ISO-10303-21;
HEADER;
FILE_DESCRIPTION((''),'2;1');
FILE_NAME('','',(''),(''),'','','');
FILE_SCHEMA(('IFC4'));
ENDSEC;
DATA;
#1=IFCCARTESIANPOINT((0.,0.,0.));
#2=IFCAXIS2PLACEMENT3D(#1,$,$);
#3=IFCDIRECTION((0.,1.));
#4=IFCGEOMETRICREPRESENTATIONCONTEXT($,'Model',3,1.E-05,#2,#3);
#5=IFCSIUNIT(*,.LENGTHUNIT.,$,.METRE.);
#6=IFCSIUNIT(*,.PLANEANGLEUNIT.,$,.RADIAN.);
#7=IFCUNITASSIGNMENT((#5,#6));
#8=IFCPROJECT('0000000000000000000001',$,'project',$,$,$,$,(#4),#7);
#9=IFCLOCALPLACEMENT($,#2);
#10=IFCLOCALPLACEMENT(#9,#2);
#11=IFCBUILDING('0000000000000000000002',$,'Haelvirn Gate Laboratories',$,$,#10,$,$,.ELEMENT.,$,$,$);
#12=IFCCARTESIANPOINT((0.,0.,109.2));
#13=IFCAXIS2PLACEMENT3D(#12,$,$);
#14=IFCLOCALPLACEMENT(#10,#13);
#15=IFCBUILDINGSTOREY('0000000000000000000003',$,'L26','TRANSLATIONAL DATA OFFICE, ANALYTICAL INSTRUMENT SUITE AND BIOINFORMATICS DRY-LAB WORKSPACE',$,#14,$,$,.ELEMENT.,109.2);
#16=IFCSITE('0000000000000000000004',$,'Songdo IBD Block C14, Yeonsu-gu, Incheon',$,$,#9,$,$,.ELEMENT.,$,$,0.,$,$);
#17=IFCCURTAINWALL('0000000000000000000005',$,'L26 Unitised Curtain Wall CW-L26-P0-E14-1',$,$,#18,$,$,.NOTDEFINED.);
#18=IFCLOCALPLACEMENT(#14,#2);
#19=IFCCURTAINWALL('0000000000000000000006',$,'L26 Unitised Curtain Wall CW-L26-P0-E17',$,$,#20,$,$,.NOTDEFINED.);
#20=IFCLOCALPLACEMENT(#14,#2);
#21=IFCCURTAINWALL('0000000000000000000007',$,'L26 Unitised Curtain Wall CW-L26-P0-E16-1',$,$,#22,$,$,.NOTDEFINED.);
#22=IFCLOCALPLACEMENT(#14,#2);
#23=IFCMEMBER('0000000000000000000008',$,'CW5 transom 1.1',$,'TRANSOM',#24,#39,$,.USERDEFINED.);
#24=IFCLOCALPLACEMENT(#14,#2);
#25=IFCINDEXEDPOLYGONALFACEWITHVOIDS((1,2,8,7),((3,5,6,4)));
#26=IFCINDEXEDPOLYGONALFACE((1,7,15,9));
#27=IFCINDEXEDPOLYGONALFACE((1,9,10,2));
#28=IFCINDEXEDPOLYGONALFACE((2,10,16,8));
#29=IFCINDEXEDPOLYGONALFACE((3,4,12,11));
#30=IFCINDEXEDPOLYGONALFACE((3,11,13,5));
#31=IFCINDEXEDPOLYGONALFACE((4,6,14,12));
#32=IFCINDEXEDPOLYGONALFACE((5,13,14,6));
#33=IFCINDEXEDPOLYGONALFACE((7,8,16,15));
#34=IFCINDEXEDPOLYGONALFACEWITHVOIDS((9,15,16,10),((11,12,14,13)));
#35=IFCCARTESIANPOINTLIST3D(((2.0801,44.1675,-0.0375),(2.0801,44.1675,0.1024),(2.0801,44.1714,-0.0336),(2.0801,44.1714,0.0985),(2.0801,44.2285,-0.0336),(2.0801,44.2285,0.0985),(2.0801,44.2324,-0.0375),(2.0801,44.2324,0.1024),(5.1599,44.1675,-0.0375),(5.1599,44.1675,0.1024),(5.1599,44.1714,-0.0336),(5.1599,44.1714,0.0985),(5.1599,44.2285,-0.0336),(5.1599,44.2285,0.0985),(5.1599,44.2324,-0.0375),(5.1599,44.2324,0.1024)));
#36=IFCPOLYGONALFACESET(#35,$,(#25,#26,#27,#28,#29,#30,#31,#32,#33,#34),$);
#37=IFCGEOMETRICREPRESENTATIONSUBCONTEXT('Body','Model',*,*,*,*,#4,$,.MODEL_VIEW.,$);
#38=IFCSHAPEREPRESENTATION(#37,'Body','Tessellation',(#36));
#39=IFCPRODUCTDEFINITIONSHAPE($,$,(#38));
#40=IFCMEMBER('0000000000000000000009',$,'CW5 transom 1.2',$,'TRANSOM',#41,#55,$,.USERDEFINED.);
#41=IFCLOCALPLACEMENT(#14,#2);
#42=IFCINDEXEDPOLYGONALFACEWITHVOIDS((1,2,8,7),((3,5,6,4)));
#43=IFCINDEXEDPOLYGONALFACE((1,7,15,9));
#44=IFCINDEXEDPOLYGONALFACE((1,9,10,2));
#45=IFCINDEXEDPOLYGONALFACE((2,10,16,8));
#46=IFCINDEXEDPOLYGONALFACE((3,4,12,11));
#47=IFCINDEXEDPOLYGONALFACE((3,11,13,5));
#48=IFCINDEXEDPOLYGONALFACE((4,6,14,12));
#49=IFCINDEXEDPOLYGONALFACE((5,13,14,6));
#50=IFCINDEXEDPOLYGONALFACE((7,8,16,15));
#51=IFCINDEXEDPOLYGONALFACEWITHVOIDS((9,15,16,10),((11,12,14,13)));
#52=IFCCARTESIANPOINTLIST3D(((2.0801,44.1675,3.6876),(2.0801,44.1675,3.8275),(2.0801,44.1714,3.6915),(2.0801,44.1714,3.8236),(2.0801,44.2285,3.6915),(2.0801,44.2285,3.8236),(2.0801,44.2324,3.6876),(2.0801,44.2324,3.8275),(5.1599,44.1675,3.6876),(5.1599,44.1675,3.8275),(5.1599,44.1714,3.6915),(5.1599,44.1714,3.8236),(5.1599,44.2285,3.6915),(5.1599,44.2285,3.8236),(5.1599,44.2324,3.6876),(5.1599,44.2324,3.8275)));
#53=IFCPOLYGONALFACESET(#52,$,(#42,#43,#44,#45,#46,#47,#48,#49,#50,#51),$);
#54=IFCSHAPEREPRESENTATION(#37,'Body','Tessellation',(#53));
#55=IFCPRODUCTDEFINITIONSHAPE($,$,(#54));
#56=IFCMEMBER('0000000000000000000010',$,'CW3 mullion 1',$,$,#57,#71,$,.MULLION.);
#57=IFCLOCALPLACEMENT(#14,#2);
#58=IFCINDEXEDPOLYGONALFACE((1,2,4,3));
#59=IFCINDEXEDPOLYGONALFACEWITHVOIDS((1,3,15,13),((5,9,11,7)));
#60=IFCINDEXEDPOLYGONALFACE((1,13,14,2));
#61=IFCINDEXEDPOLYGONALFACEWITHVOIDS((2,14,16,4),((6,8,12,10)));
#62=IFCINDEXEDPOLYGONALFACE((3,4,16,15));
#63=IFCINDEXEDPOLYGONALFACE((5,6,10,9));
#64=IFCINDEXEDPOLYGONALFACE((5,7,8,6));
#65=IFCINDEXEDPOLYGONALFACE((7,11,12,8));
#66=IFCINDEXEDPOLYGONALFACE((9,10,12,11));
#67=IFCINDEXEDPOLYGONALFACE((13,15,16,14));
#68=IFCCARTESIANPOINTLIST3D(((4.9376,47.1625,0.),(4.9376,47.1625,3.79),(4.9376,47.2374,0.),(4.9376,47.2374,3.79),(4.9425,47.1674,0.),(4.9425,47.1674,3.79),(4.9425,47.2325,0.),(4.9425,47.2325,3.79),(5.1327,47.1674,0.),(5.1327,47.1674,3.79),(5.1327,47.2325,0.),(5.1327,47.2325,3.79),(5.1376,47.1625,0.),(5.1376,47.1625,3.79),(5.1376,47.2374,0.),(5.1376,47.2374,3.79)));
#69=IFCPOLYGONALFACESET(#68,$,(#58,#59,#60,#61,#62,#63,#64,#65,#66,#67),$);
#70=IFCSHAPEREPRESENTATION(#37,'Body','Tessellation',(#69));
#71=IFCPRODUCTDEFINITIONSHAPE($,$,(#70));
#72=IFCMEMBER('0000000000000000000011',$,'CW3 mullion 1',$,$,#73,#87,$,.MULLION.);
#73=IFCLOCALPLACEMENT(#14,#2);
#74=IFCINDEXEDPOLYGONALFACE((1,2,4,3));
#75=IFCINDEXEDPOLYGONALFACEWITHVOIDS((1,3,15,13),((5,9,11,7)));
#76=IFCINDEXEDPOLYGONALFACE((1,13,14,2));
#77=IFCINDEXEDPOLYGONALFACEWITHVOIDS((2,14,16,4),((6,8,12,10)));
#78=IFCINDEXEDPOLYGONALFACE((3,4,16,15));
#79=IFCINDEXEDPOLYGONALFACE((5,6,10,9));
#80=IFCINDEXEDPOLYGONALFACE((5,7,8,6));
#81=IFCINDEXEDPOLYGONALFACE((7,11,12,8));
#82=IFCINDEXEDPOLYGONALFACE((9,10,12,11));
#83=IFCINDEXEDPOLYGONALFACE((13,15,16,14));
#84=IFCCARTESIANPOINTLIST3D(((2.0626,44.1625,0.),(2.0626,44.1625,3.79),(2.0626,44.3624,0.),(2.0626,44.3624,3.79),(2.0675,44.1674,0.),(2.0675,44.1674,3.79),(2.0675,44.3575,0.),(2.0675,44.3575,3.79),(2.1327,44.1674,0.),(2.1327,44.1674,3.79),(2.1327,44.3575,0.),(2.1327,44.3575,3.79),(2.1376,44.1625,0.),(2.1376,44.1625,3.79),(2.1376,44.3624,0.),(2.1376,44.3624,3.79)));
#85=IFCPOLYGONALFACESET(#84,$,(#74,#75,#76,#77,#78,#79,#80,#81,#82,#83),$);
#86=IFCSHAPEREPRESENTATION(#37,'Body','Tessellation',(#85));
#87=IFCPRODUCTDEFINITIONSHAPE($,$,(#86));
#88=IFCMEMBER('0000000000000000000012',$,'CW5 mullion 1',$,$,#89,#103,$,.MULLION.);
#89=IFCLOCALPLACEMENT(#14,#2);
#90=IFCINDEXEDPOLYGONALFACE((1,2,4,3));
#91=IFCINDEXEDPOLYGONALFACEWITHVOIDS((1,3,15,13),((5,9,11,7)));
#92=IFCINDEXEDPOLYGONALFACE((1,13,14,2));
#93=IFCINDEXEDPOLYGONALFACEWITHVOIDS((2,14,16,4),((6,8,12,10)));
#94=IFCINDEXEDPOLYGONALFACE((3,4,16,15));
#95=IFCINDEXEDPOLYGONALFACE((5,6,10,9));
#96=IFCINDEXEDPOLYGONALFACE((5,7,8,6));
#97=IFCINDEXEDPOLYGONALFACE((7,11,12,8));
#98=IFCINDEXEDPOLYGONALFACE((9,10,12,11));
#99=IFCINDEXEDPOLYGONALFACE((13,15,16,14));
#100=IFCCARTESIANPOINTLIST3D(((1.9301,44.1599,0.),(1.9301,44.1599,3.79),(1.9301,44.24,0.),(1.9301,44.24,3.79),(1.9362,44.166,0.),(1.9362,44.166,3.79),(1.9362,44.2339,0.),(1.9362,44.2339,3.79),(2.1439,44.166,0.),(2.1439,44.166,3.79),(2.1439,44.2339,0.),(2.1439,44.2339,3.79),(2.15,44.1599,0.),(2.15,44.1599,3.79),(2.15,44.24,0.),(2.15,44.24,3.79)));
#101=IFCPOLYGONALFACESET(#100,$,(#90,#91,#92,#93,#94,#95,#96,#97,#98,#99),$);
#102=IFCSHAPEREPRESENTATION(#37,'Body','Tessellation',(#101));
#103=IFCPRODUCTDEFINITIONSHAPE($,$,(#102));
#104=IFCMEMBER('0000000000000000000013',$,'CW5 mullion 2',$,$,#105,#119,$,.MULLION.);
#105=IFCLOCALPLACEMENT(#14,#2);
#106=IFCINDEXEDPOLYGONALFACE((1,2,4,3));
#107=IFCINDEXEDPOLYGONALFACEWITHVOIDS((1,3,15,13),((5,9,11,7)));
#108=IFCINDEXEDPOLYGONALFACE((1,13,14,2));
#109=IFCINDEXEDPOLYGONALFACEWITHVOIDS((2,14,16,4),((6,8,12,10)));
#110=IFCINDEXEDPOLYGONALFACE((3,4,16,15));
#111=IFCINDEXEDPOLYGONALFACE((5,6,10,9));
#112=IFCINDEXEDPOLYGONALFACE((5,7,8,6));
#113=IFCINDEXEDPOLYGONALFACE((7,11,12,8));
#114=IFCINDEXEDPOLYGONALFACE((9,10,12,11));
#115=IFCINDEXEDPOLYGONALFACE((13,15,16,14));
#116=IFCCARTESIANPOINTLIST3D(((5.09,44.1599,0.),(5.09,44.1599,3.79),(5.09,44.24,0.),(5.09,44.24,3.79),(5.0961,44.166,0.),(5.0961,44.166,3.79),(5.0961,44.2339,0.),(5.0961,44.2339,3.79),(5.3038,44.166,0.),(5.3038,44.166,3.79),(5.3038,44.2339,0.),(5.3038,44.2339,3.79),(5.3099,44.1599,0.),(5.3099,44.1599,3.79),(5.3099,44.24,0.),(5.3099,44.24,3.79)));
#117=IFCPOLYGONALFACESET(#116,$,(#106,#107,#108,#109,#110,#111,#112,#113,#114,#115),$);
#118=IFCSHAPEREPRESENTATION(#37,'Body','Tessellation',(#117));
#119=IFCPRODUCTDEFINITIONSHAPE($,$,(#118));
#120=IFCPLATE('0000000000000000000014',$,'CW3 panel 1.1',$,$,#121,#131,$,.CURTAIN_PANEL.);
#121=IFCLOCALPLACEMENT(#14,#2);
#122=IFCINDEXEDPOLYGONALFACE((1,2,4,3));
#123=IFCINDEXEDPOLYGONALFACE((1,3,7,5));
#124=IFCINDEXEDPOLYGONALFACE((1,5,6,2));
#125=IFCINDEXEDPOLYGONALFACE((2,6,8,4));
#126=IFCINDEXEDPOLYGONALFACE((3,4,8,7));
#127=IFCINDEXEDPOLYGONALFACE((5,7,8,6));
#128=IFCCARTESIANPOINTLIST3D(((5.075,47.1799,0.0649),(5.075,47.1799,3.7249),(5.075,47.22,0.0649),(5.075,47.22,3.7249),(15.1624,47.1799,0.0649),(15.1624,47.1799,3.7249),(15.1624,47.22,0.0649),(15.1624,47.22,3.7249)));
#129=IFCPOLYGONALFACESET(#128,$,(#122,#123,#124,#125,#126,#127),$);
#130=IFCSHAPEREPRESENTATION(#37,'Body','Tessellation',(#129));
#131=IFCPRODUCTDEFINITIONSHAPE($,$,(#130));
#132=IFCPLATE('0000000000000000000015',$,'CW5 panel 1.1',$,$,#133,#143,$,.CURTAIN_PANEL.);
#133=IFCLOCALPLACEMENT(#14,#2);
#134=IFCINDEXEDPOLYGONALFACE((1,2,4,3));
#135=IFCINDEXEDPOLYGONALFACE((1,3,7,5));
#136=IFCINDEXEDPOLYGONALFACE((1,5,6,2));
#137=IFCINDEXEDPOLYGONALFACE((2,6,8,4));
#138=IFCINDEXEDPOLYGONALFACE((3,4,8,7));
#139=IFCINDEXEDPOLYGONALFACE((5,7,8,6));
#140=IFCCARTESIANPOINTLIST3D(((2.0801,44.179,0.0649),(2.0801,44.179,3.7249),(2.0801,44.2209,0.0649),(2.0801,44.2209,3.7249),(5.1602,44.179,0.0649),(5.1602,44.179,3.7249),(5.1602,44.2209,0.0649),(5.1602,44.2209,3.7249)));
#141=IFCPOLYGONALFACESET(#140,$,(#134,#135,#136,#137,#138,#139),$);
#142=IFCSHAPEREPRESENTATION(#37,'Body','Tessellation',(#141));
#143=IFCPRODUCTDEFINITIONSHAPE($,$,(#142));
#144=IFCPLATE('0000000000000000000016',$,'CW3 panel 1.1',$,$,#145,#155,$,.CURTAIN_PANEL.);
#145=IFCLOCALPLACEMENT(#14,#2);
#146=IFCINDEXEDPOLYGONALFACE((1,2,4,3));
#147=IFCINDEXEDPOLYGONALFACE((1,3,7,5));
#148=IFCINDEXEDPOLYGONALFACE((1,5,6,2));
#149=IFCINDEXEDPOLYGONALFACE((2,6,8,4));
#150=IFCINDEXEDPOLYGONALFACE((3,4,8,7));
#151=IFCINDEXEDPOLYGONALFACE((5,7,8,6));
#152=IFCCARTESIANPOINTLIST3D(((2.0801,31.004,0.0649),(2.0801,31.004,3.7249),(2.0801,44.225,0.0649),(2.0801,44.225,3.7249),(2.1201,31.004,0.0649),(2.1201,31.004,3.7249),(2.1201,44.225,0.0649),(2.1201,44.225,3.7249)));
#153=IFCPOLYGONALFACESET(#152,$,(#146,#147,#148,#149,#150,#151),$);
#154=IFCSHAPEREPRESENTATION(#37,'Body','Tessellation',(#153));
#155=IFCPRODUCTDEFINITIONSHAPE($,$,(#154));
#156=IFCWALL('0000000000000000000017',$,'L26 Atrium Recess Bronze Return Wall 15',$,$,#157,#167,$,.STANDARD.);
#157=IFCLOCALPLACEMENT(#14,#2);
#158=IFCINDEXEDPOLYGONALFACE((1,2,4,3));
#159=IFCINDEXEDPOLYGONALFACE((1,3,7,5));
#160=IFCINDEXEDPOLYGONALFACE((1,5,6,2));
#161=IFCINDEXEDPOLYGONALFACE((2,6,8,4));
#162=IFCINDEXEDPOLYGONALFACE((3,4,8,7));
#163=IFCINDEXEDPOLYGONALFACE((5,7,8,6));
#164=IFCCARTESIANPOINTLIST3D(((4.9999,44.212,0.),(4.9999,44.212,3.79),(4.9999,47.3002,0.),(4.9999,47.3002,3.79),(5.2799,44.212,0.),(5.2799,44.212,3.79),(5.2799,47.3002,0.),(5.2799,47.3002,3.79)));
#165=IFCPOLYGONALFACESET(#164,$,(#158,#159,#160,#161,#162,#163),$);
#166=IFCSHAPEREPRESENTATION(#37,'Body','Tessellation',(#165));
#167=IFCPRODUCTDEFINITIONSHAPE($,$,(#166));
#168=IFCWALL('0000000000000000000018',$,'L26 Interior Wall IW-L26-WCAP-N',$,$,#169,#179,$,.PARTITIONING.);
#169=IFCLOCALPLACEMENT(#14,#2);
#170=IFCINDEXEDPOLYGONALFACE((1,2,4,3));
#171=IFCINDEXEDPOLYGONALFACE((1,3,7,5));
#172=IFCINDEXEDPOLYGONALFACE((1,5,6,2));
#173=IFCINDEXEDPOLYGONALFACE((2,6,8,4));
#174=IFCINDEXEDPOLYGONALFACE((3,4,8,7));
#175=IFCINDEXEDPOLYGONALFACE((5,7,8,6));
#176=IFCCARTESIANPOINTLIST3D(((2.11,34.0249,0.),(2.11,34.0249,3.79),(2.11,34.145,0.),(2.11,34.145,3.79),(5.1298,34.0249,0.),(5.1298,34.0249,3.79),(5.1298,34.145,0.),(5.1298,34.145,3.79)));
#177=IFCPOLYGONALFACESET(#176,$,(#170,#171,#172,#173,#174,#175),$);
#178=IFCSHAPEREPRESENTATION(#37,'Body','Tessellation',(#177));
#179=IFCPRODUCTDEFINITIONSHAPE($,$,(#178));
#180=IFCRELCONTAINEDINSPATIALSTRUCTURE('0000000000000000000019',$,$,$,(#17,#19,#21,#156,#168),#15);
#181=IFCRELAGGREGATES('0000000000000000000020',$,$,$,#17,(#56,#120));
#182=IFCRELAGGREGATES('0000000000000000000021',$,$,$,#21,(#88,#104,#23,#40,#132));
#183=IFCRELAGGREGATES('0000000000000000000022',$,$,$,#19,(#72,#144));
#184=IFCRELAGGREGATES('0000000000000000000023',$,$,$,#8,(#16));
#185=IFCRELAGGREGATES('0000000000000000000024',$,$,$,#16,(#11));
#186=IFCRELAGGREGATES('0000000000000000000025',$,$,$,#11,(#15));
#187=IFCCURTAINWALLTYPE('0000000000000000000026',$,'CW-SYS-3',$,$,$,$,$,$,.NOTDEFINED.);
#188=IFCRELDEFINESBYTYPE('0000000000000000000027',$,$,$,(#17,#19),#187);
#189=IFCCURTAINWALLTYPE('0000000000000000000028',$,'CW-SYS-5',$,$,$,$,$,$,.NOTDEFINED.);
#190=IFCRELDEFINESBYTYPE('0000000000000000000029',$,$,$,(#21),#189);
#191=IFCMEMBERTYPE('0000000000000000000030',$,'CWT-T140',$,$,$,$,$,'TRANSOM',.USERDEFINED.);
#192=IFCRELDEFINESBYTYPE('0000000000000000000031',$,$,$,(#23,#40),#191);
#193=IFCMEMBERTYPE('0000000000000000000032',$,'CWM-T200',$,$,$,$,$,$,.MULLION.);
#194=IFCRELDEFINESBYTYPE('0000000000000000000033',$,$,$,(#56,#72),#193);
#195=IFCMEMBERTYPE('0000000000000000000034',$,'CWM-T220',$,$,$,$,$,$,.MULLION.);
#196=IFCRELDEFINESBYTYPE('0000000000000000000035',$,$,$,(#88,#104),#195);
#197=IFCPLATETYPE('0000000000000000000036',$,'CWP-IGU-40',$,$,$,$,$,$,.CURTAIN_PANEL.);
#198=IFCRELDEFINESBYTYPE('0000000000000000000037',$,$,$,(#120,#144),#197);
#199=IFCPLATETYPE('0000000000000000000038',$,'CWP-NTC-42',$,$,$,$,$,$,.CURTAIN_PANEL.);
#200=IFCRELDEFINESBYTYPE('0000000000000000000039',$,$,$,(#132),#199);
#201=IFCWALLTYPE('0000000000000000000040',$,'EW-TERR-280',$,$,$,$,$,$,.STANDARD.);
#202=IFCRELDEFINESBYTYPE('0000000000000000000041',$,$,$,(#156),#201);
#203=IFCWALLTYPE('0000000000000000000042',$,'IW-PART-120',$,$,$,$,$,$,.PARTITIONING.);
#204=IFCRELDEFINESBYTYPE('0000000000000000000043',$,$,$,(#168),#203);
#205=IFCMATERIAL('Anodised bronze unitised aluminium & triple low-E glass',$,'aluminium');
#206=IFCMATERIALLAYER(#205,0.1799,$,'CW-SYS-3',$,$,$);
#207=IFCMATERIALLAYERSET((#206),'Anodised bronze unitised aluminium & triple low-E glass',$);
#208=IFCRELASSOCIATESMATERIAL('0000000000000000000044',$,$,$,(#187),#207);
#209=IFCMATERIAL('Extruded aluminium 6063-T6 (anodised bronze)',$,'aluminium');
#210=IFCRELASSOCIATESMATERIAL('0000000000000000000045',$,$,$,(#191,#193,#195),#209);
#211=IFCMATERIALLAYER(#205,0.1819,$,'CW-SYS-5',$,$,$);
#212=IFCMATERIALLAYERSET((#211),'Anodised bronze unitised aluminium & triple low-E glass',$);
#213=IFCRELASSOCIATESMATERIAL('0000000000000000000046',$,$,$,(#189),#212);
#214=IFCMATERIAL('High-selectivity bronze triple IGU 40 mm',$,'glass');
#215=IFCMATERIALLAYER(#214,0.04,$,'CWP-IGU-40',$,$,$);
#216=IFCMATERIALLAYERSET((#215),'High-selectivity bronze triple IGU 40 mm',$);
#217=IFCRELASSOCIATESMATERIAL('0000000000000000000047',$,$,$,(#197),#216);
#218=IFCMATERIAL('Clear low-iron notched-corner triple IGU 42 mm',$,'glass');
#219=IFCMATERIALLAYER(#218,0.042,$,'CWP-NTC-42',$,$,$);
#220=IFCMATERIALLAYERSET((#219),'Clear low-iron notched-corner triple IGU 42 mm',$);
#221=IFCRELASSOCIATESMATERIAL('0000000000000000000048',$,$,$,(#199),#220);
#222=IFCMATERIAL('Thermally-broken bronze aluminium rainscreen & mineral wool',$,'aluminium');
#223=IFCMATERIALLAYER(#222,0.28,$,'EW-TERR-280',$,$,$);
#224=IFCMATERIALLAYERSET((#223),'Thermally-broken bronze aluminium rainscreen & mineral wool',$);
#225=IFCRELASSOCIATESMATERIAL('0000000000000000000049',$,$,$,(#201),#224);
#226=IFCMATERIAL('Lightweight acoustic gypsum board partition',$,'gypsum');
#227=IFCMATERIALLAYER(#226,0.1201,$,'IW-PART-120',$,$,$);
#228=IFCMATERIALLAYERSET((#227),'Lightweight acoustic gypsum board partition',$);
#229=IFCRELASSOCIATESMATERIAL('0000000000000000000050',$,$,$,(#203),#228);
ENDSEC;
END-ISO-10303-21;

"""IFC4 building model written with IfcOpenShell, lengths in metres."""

from ifc_helpers import new_model, si_unit, direction, frame, frame_2d, origin, origin_2d, place, context, subcontext, project, spatial, rectangle, hollow_rectangle, extrude, source, transform, mapped, material, layer, layer_set, material_profile, profile_set, type_object, type_shapes, element, aggregate, save


model = new_model("IFC4")

# Units and contexts
model_context = context("Model", 3, precision=1e-05, world=origin(), true_north=direction((0.0, 1.0)))
body_context = subcontext(model_context, "Body", "Model", "MODEL_VIEW")
ifc_project = project(units=[si_unit("LENGTHUNIT", "METRE"), si_unit("PLANEANGLEUNIT", "RADIAN")], contexts=[model_context])

# Site, building, storey
site_placement = place(None, origin())
site = spatial("IfcSite", under=ifc_project, at=site_placement, Name="Songdo IBD Block C14, Yeonsu-gu, Incheon", CompositionType="ELEMENT", RefElevation=0.0)
building_placement = place(site_placement, origin())
building = spatial("IfcBuilding", under=site, at=building_placement, Name="Haelvirn Gate Laboratories", CompositionType="ELEMENT")
storey_placement = place(building_placement, frame((0.0, 0.0, 109.2)))
storey = spatial("IfcBuildingStorey", under=building, at=storey_placement, Name="L26", Description="TRANSLATIONAL DATA OFFICE, ANALYTICAL INSTRUMENT SUITE AND BIOINFORMATICS DRY-LAB WORKSPACE", CompositionType="ELEMENT", Elevation=109.2)

# Curtain walls, members
ifc_material_1 = material(Name="Anodised bronze unitised aluminium & triple low-E glass", Category="aluminium")
ifc_layer_1 = layer(ifc_material_1, 0.1799, Name="CW-SYS-3")
ifc_layer_set_1 = layer_set([ifc_layer_1], Name="Anodised bronze unitised aluminium & triple low-E glass")
curtain_wall_type_1 = type_object("IfcCurtainWallType", Name="CW-SYS-3", PredefinedType="NOTDEFINED", material=ifc_layer_set_1)
curtain_wall_1_placement = place(storey_placement, origin())
curtain_wall_1 = element("IfcCurtainWall", 1, at=curtain_wall_1_placement, inside=storey, type_object=curtain_wall_type_1, Name="L26 Unitised Curtain Wall CW-L26-P0-E14-1", PredefinedType="NOTDEFINED")
ifc_material_2 = material(Name="Extruded aluminium 6063-T6 (anodised bronze)", Category="aluminium")
ifc_material_profile_1 = material_profile(ifc_material_2, hollow_rectangle(XDim=0.0649, YDim=0.1399, WallThickness=0.0039, at=origin_2d()), Name="CWT-140x65x4")
ifc_profile_set_1 = profile_set([ifc_material_profile_1], Name="Extruded aluminium 6063-T6 (anodised bronze)")
member_type_1 = type_object("IfcMemberType", Name="CWT-T140", ElementType="TRANSOM", PredefinedType="USERDEFINED", material=ifc_profile_set_1)
curtain_wall_2_placement = place(storey_placement, origin())
curtain_wall_2 = element("IfcCurtainWall", 2, at=curtain_wall_2_placement, inside=storey, type_object=curtain_wall_type_1, Name="L26 Unitised Curtain Wall CW-L26-P0-E17", PredefinedType="NOTDEFINED")
ifc_layer_2 = layer(ifc_material_1, 0.1819, Name="CW-SYS-5")
ifc_layer_set_2 = layer_set([ifc_layer_2], Name="Anodised bronze unitised aluminium & triple low-E glass")
curtain_wall_type_2 = type_object("IfcCurtainWallType", Name="CW-SYS-5", PredefinedType="NOTDEFINED", material=ifc_layer_set_2)
curtain_wall_3_placement = place(storey_placement, origin())
curtain_wall_3 = element("IfcCurtainWall", 3, at=curtain_wall_3_placement, inside=storey, type_object=curtain_wall_type_2, Name="L26 Unitised Curtain Wall CW-L26-P0-E16-1", PredefinedType="NOTDEFINED")
shared_shape_1 = source(origin(), body_context, "Body", "SweptSolid", [
    extrude(hollow_rectangle(XDim=0.0649, YDim=0.1399, WallThickness=0.0039, at=origin_2d()), origin(), (0.0, 0.0, 1.0), 3.0798),
])
member_1_placement = place(storey_placement, frame((2.0801, 44.2, 0.0325), z_axis=(1.0, 0.0, 0.0), x_axis=(0.0, 1.0, 0.0)))
member_1 = element("IfcMember", 4, at=member_1_placement, type_object=member_type_1, Name="CW5 transom 1.1", ObjectType="TRANSOM", PredefinedType="USERDEFINED", context=body_context, shape_type="MappedRepresentation", body=[
    mapped(shared_shape_1, transform((0.0, 0.0, 0.0), scale=1.0)),
])
member_2_placement = place(storey_placement, frame((2.0801, 44.2, 3.7576), z_axis=(1.0, 0.0, 0.0), x_axis=(0.0, 1.0, 0.0)))
member_2 = element("IfcMember", 5, at=member_2_placement, type_object=member_type_1, Name="CW5 transom 1.2", ObjectType="TRANSOM", PredefinedType="USERDEFINED", context=body_context, shape_type="MappedRepresentation", body=[
    mapped(shared_shape_1, transform((0.0, 0.0, 0.0), scale=1.0)),
])

# Members
ifc_material_profile_2 = material_profile(ifc_material_2, hollow_rectangle(XDim=0.075, YDim=0.2, WallThickness=0.0049, at=origin_2d()), Name="CWM-200x75x5")
ifc_profile_set_2 = profile_set([ifc_material_profile_2], Name="Extruded aluminium 6063-T6 (anodised bronze)")
member_type_2 = type_object("IfcMemberType", Name="CWM-T200", PredefinedType="MULLION", material=ifc_profile_set_2)
shared_shape_2 = source(origin(), body_context, "Body", "SweptSolid", [
    extrude(hollow_rectangle(XDim=0.075, YDim=0.2, WallThickness=0.0049, at=origin_2d()), origin(), (0.0, 0.0, 1.0), 3.79),
])
type_shapes(member_type_2, [shared_shape_2])
member_3_placement = place(storey_placement, frame((5.0376, 47.2, 0.0), z_axis=(0.0, 0.0, 1.0), x_axis=(0.0, 1.0, 0.0)))
member_3 = element("IfcMember", 6, at=member_3_placement, type_object=member_type_2, Name="CW3 mullion 1", PredefinedType="MULLION", context=body_context, shape_type="MappedRepresentation", body=[
    mapped(shared_shape_2, transform((0.0, 0.0, 0.0), scale=1.0)),
])
member_4_placement = place(storey_placement, frame((2.1001, 44.2625, 0.0), z_axis=(0.0, 0.0, 1.0), x_axis=(1.0, 0.0, 0.0)))
member_4 = element("IfcMember", 7, at=member_4_placement, type_object=member_type_2, Name="CW3 mullion 1", PredefinedType="MULLION", context=body_context, shape_type="MappedRepresentation", body=[
    mapped(shared_shape_2, transform((0.0, 0.0, 0.0), scale=1.0)),
])
ifc_material_profile_3 = material_profile(ifc_material_2, hollow_rectangle(XDim=0.0801, YDim=0.22, WallThickness=0.0061, at=origin_2d()), Name="CWM-220x80x6")
ifc_profile_set_3 = profile_set([ifc_material_profile_3], Name="Extruded aluminium 6063-T6 (anodised bronze)")
member_type_3 = type_object("IfcMemberType", Name="CWM-T220", PredefinedType="MULLION", material=ifc_profile_set_3)
shared_shape_3 = source(origin(), body_context, "Body", "SweptSolid", [
    extrude(hollow_rectangle(XDim=0.0801, YDim=0.22, WallThickness=0.0061, at=origin_2d()), origin(), (0.0, 0.0, 1.0), 3.79),
])
type_shapes(member_type_3, [shared_shape_3])
member_5_placement = place(storey_placement, frame((2.04, 44.2, 0.0), z_axis=(0.0, 0.0, 1.0), x_axis=(0.0, 1.0, 0.0)))
member_5 = element("IfcMember", 8, at=member_5_placement, type_object=member_type_3, Name="CW5 mullion 1", PredefinedType="MULLION", context=body_context, shape_type="MappedRepresentation", body=[
    mapped(shared_shape_3, transform((0.0, 0.0, 0.0), scale=1.0)),
])
member_6_placement = place(storey_placement, frame((5.2, 44.2, 0.0), z_axis=(0.0, 0.0, 1.0), x_axis=(0.0, 1.0, 0.0)))
member_6 = element("IfcMember", 9, at=member_6_placement, type_object=member_type_3, Name="CW5 mullion 2", PredefinedType="MULLION", context=body_context, shape_type="MappedRepresentation", body=[
    mapped(shared_shape_3, transform((0.0, 0.0, 0.0), scale=1.0)),
])

# Plates
ifc_material_3 = material(Name="High-selectivity bronze triple IGU 40 mm", Category="glass")
ifc_layer_3 = layer(ifc_material_3, 0.04, Name="CWP-IGU-40")
ifc_layer_set_3 = layer_set([ifc_layer_3], Name="High-selectivity bronze triple IGU 40 mm")
plate_type_1 = type_object("IfcPlateType", Name="CWP-IGU-40", PredefinedType="CURTAIN_PANEL", material=ifc_layer_set_3)
shared_shape_4 = source(origin(), body_context, "Body", "SweptSolid", [
    extrude(rectangle(XDim=10.0874, YDim=0.04, at=origin_2d()), origin(), (0.0, 0.0, 1.0), 3.6599),
])
plate_1_placement = place(storey_placement, frame((10.1187, 47.2, 0.0649), z_axis=(0.0, 0.0, 1.0), x_axis=(1.0, 0.0, 0.0)))
plate_1 = element("IfcPlate", 10, at=plate_1_placement, type_object=plate_type_1, Name="CW3 panel 1.1", PredefinedType="CURTAIN_PANEL", context=body_context, shape_type="MappedRepresentation", body=[
    mapped(shared_shape_4, transform((0.0, 0.0, 0.0), scale=1.0)),
])
aggregate(curtain_wall_1, [member_3, plate_1])
ifc_material_4 = material(Name="Clear low-iron notched-corner triple IGU 42 mm", Category="glass")
ifc_layer_4 = layer(ifc_material_4, 0.042, Name="CWP-NTC-42")
ifc_layer_set_4 = layer_set([ifc_layer_4], Name="Clear low-iron notched-corner triple IGU 42 mm")
plate_type_2 = type_object("IfcPlateType", Name="CWP-NTC-42", PredefinedType="CURTAIN_PANEL", material=ifc_layer_set_4)
shared_shape_5 = source(origin(), body_context, "Body", "SweptSolid", [
    extrude(rectangle(XDim=3.0801, YDim=0.042, at=origin_2d()), origin(), (0.0, 0.0, 1.0), 3.6599),
])
type_shapes(plate_type_2, [shared_shape_5])
plate_2_placement = place(storey_placement, frame((3.6201, 44.2, 0.0649), z_axis=(0.0, 0.0, 1.0), x_axis=(1.0, 0.0, 0.0)))
plate_2 = element("IfcPlate", 11, at=plate_2_placement, type_object=plate_type_2, Name="CW5 panel 1.1", PredefinedType="CURTAIN_PANEL", context=body_context, shape_type="MappedRepresentation", body=[
    mapped(shared_shape_5, transform((0.0, 0.0, 0.0), scale=1.0)),
])
aggregate(curtain_wall_3, [member_5, member_6, member_1, member_2, plate_2])
shared_shape_6 = source(origin(), body_context, "Body", "SweptSolid", [
    extrude(rectangle(XDim=13.2209, YDim=0.04, at=origin_2d()), origin(), (0.0, 0.0, 1.0), 3.6599),
])
type_shapes(plate_type_1, [shared_shape_4, shared_shape_6])
plate_3_placement = place(storey_placement, frame((2.1001, 37.6145, 0.0649), z_axis=(0.0, 0.0, 1.0), x_axis=(0.0, -1.0, 0.0)))
plate_3 = element("IfcPlate", 12, at=plate_3_placement, type_object=plate_type_1, Name="CW3 panel 1.1", PredefinedType="CURTAIN_PANEL", context=body_context, shape_type="MappedRepresentation", body=[
    mapped(shared_shape_6, transform((0.0, 0.0, 0.0), scale=1.0)),
])
aggregate(curtain_wall_2, [member_4, plate_3])

# Walls
ifc_material_5 = material(Name="Thermally-broken bronze aluminium rainscreen & mineral wool", Category="aluminium")
ifc_layer_5 = layer(ifc_material_5, 0.28, Name="EW-TERR-280")
ifc_layer_set_5 = layer_set([ifc_layer_5], Name="Thermally-broken bronze aluminium rainscreen & mineral wool")
wall_type_1 = type_object("IfcWallType", Name="EW-TERR-280", PredefinedType="STANDARD", material=ifc_layer_set_5)
wall_1_placement = place(storey_placement, frame((5.1399, 47.3, 0.0), z_axis=(0.0, 0.0, 1.0), x_axis=(0.0, -1.0, 0.0)))
element("IfcWall", 13, at=wall_1_placement, inside=storey, type_object=wall_type_1, Name="L26 Atrium Recess Bronze Return Wall 15", PredefinedType="STANDARD", context=body_context, shape_type="SweptSolid", body=[
    extrude(rectangle(XDim=3.0881, YDim=0.28, at=frame_2d((1.5439, 0.0))), origin(), (0.0, 0.0, 1.0), 3.79),
])
ifc_material_6 = material(Name="Lightweight acoustic gypsum board partition", Category="gypsum")
ifc_layer_6 = layer(ifc_material_6, 0.1201, Name="IW-PART-120")
ifc_layer_set_6 = layer_set([ifc_layer_6], Name="Lightweight acoustic gypsum board partition")
wall_type_2 = type_object("IfcWallType", Name="IW-PART-120", PredefinedType="PARTITIONING", material=ifc_layer_set_6)
wall_2_placement = place(storey_placement, frame((2.1101, 34.085, 0.0), z_axis=(0.0, 0.0, 1.0), x_axis=(1.0, 0.0, 0.0)))
element("IfcWall", 14, at=wall_2_placement, inside=storey, type_object=wall_type_2, Name="L26 Interior Wall IW-L26-WCAP-N", PredefinedType="PARTITIONING", context=body_context, shape_type="SweptSolid", body=[
    extrude(rectangle(XDim=3.0198, YDim=0.1201, at=frame_2d((1.5098, 0.0))), origin(), (0.0, 0.0, 1.0), 3.79),
])

save(model, "model.ifc")
